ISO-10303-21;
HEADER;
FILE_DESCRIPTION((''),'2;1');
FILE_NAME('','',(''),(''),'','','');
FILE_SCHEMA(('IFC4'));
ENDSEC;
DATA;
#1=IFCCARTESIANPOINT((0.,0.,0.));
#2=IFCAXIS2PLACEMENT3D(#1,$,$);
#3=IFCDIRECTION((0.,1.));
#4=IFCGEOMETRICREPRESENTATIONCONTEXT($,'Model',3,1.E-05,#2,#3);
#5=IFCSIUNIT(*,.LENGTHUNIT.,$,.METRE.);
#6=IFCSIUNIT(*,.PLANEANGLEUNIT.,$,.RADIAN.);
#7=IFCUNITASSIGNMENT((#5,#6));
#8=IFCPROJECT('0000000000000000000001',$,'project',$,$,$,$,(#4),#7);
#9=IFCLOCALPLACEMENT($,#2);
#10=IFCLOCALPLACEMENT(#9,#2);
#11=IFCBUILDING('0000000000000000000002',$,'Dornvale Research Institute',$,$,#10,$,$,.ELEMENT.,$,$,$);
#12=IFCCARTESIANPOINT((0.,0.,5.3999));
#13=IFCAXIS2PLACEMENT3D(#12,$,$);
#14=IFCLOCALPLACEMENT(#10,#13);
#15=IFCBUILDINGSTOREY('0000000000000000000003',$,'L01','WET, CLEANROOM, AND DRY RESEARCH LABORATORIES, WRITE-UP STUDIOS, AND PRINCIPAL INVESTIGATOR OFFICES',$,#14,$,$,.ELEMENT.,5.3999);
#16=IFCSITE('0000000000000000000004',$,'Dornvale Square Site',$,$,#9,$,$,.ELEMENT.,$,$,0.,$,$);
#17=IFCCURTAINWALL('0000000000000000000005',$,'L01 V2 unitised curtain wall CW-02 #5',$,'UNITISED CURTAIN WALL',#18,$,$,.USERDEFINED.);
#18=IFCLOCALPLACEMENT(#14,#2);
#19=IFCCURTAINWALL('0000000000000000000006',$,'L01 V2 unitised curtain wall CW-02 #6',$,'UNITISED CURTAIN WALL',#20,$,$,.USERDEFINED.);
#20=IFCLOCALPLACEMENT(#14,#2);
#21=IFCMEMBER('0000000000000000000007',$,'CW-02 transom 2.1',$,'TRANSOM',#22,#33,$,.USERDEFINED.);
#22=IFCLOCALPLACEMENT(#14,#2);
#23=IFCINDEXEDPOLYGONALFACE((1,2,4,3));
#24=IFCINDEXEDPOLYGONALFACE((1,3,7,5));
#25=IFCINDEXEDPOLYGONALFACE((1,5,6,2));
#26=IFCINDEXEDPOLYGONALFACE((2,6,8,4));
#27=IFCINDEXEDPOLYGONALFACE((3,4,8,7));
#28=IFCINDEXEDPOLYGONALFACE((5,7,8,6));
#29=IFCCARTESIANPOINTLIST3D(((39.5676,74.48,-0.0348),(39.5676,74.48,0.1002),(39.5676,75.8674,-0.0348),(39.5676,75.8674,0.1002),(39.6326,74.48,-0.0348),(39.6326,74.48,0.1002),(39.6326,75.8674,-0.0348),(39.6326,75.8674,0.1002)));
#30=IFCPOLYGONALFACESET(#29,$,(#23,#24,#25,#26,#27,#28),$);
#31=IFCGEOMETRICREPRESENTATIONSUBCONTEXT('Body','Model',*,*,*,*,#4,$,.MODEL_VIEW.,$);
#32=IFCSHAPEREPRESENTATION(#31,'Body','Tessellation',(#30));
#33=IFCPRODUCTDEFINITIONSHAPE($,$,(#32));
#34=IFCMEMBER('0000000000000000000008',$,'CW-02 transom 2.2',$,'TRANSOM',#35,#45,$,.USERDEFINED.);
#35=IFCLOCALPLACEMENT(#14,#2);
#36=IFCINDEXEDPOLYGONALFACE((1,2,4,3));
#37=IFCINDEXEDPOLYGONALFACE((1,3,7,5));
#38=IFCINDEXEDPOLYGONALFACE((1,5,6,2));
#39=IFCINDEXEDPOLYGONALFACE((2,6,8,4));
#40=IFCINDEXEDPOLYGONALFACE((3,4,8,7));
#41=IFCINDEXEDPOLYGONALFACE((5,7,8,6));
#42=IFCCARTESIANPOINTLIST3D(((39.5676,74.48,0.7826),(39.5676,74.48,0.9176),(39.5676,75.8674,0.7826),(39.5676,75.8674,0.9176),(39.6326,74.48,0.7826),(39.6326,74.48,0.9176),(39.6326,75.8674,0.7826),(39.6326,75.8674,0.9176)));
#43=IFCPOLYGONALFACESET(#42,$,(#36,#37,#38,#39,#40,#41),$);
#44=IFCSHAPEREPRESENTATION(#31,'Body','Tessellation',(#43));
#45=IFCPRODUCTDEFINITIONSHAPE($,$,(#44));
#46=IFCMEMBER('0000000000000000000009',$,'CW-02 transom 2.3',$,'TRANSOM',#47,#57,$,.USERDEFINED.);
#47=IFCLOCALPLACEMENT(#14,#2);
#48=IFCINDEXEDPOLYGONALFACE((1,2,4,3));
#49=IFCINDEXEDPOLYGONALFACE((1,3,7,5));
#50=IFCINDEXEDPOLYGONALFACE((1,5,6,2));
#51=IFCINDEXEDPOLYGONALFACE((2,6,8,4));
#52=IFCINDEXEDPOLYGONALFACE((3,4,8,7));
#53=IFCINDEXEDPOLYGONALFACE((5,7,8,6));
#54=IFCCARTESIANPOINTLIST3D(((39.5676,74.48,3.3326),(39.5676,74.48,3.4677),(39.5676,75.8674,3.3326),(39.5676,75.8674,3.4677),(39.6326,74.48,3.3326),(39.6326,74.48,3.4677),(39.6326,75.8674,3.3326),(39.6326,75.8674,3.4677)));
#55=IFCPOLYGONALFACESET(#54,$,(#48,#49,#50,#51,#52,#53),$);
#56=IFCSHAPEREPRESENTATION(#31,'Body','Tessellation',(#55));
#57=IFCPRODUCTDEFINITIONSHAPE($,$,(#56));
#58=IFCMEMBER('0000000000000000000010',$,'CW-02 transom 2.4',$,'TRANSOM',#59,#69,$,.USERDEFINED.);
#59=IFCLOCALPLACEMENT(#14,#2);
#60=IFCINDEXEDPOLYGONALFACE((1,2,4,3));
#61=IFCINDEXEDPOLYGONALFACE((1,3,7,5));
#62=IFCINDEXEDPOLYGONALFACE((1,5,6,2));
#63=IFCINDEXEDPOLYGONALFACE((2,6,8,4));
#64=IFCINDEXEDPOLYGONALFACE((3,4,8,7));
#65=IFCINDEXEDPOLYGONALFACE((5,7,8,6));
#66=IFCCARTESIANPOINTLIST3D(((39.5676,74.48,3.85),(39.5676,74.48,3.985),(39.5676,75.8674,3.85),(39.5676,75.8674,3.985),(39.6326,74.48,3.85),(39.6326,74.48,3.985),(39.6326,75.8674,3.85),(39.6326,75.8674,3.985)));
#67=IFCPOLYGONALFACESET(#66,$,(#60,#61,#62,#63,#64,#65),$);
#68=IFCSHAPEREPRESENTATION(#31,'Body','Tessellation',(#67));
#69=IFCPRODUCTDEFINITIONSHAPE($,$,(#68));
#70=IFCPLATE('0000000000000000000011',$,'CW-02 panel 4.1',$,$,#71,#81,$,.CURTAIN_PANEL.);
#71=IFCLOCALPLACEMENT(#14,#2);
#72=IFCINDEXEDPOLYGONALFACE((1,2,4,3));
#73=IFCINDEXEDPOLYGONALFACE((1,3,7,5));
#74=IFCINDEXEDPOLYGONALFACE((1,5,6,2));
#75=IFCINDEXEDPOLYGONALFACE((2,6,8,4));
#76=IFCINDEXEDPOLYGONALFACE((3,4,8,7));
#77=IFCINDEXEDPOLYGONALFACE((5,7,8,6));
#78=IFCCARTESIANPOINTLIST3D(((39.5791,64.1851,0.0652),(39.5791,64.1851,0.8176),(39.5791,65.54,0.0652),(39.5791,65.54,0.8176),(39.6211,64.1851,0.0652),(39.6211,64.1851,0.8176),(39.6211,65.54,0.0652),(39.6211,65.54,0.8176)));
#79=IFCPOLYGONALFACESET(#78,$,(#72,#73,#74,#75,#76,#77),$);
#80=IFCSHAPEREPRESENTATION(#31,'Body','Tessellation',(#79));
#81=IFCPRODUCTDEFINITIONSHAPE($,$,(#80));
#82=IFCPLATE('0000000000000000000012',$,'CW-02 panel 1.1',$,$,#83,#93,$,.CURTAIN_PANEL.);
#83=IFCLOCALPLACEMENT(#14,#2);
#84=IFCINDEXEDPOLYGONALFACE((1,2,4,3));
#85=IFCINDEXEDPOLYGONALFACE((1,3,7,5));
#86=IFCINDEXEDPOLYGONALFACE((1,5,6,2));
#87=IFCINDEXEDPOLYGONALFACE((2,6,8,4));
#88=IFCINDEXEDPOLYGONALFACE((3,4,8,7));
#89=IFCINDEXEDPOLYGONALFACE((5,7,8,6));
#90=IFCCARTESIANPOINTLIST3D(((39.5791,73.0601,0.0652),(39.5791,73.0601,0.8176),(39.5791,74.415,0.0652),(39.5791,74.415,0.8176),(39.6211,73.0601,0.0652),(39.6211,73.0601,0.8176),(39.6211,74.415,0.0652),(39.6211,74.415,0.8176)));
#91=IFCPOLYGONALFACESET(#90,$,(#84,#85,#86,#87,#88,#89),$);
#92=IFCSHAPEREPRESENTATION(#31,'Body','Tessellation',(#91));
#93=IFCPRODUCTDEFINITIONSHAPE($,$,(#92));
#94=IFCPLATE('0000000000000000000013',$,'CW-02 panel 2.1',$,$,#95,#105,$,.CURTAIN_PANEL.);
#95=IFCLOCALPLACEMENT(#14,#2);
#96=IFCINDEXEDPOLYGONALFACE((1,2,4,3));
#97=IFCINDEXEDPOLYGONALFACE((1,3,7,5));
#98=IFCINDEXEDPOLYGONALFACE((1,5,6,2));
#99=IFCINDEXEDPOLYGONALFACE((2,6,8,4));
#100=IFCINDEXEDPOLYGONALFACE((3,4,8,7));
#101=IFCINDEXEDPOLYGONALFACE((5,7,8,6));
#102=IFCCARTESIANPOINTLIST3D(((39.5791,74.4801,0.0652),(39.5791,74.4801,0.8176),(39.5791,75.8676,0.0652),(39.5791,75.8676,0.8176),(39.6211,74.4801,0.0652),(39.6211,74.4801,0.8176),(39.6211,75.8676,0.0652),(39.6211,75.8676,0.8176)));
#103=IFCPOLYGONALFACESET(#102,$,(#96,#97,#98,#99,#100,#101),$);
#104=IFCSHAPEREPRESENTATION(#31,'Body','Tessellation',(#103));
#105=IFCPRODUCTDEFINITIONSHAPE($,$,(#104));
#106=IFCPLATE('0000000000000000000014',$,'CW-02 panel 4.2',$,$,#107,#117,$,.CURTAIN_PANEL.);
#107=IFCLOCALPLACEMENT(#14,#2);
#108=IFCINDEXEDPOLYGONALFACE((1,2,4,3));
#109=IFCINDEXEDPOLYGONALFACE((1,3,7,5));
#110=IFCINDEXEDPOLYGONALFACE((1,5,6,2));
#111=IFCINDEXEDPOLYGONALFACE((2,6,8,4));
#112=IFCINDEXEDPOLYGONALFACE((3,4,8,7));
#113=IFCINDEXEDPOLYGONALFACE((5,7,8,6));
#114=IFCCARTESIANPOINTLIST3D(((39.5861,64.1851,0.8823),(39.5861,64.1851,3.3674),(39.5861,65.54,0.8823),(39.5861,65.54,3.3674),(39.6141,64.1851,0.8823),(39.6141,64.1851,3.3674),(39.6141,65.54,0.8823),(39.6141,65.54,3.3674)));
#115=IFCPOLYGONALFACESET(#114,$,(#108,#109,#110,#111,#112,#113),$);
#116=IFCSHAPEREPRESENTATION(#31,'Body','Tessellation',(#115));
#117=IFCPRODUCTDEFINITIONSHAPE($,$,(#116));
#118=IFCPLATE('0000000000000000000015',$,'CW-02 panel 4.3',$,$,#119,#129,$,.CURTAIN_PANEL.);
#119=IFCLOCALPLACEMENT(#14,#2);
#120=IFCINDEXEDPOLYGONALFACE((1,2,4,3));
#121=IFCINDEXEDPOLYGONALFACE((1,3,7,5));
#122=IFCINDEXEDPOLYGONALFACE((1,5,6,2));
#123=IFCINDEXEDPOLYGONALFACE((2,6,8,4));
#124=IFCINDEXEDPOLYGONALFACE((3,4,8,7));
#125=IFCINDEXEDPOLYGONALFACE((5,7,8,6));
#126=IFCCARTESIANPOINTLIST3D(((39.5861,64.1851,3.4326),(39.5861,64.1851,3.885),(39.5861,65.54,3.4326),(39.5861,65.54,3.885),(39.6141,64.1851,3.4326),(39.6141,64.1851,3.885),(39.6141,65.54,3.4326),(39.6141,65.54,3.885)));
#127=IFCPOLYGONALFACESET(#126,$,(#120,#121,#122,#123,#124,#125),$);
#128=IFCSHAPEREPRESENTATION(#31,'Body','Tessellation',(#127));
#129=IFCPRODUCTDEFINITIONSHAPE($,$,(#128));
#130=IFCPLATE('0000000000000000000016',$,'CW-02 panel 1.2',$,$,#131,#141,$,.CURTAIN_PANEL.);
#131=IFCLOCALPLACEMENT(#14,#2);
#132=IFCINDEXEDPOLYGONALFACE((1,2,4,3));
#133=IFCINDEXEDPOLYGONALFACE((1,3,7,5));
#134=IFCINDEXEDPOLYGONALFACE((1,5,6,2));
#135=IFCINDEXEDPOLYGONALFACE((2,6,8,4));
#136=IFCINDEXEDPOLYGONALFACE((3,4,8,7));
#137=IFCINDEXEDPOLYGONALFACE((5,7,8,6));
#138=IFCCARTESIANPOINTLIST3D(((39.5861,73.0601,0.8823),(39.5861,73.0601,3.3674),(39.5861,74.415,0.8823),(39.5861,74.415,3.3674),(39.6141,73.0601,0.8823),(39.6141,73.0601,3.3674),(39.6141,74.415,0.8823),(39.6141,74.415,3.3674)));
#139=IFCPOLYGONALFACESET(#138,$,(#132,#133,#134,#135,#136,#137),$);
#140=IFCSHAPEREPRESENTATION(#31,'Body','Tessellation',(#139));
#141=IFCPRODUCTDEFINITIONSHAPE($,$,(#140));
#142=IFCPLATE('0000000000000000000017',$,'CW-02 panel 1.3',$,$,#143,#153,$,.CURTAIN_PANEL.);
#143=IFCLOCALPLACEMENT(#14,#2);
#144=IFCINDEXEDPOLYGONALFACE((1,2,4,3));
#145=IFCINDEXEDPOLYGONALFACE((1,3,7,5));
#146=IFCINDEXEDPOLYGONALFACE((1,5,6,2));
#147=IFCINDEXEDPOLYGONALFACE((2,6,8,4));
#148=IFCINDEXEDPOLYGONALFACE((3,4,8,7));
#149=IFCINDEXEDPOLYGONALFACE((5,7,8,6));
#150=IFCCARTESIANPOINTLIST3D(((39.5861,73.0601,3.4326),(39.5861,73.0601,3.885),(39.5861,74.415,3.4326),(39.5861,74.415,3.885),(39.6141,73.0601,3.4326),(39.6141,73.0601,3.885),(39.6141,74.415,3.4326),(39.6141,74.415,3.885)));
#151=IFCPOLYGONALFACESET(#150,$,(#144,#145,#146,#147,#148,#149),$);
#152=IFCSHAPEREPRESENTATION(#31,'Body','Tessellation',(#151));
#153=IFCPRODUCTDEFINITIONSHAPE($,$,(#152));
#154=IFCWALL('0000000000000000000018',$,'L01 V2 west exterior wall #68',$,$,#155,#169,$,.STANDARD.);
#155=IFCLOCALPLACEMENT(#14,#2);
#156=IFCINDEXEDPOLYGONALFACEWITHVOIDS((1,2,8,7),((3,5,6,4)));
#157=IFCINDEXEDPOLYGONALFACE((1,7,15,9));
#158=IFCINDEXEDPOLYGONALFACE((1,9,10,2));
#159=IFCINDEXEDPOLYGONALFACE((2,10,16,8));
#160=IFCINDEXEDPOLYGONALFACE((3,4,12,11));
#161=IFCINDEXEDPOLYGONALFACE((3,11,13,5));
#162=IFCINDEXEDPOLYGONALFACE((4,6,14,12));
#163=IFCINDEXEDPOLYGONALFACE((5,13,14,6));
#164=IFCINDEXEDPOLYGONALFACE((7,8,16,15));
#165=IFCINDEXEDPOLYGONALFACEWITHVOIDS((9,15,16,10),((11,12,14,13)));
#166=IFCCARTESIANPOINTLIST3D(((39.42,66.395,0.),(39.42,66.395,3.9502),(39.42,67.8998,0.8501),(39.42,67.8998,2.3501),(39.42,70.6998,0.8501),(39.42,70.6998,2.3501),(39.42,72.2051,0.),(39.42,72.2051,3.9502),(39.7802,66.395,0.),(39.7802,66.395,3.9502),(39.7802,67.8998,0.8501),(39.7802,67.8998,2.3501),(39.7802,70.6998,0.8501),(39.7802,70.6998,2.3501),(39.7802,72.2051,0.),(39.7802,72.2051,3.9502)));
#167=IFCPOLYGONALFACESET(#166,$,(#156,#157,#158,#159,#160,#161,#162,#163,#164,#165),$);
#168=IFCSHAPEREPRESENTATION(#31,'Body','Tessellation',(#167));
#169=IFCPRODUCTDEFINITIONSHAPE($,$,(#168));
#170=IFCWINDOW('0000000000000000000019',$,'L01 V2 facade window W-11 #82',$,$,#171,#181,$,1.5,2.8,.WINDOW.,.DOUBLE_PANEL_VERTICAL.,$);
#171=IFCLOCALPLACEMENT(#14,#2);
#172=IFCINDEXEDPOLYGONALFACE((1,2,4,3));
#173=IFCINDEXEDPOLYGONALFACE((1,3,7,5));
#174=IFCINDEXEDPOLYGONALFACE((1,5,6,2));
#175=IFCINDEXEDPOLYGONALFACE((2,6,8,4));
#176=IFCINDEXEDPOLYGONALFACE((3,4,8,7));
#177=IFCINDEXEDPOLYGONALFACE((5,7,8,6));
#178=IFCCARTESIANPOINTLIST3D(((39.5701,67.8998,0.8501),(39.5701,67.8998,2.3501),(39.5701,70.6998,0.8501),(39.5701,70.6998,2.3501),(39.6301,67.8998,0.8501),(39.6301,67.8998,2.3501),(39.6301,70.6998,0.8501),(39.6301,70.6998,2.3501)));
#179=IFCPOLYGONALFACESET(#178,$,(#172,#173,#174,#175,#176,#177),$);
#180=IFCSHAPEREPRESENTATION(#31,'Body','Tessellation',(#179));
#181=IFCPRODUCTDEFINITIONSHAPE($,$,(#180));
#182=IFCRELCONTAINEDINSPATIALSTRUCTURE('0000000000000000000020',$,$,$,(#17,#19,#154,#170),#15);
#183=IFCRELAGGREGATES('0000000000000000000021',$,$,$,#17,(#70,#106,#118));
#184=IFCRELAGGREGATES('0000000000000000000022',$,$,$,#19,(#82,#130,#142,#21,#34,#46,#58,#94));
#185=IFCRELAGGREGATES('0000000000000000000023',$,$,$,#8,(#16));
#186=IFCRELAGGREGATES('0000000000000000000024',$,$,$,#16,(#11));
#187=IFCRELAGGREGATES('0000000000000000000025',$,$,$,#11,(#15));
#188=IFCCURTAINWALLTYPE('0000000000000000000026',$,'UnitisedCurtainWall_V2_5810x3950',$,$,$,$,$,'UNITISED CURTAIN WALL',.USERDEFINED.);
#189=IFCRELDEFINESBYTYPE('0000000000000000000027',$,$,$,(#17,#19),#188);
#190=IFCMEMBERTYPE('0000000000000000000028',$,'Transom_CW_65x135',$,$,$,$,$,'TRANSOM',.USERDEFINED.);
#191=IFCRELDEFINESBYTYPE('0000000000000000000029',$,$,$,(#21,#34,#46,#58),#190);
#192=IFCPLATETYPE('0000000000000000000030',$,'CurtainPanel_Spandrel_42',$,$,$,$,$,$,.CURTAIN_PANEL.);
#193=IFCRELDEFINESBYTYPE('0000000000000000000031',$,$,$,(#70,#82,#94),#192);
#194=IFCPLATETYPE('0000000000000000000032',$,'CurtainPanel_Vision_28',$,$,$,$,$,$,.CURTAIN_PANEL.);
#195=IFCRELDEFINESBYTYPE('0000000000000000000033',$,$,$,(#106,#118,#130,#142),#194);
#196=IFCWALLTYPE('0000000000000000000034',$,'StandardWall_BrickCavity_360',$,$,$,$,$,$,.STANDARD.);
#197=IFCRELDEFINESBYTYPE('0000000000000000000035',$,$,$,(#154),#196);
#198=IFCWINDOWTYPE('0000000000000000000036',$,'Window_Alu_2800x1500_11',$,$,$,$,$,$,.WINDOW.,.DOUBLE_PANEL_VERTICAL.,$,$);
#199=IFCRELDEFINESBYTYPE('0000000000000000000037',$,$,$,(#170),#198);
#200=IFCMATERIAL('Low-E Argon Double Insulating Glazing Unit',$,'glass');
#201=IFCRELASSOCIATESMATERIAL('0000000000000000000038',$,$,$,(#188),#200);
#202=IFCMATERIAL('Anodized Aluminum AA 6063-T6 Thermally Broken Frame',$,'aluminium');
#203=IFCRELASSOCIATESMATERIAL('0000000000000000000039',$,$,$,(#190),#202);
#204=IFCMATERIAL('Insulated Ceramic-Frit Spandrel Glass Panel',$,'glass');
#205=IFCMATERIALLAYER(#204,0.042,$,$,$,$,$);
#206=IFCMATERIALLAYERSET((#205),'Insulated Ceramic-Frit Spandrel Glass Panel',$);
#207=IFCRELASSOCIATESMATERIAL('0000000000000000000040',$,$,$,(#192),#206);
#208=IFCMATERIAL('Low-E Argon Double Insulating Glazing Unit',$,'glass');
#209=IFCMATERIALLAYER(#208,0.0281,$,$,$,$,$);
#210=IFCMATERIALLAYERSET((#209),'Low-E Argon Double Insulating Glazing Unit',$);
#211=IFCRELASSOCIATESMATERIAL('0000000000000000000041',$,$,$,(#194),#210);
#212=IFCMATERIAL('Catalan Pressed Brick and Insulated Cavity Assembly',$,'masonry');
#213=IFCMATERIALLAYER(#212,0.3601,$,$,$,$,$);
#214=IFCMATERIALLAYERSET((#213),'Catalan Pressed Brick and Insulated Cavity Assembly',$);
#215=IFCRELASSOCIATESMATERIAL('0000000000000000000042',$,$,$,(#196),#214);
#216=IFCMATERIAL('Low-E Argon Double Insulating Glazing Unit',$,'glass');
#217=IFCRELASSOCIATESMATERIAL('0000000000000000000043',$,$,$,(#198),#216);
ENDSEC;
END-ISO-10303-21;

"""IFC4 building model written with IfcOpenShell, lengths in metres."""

from ifc_helpers import new_model, si_unit, direction, frame, frame_2d, origin, origin_2d, place, context, subcontext, project, spatial, rectangle, extrude, material, layer, layer_set, material_profile, profile_set, type_object, element, fill, aggregate, save


model = new_model("IFC4")

# Units and contexts
model_context = context("Model", 3, precision=1e-05, world=origin(), true_north=direction((0.0, 1.0)))
body_context = subcontext(model_context, "Body", "Model", "MODEL_VIEW")
ifc_project = project(units=[si_unit("LENGTHUNIT", "METRE"), si_unit("PLANEANGLEUNIT", "RADIAN")], contexts=[model_context])

# Site, building, storey
site_placement = place(None, origin())
site = spatial("IfcSite", under=ifc_project, at=site_placement, Name="Dornvale Square Site", CompositionType="ELEMENT", RefElevation=0.0)
building_placement = place(site_placement, origin())
building = spatial("IfcBuilding", under=site, at=building_placement, Name="Dornvale Research Institute", CompositionType="ELEMENT")
storey_placement = place(building_placement, frame((0.0, 0.0, 5.3999)))
storey = spatial("IfcBuildingStorey", under=building, at=storey_placement, Name="L01", Description="WET, CLEANROOM, AND DRY RESEARCH LABORATORIES, WRITE-UP STUDIOS, AND PRINCIPAL INVESTIGATOR OFFICES", CompositionType="ELEMENT", Elevation=5.3999)

# Curtain wall
ifc_material_1 = material(Name="Low-E Argon Double Insulating Glazing Unit", Category="glass")
curtain_wall_type = type_object("IfcCurtainWallType", Name="UnitisedCurtainWall_V2_5810x3950", ElementType="UNITISED CURTAIN WALL", PredefinedType="USERDEFINED", material=ifc_material_1)
curtain_wall_1_placement = place(storey_placement, origin())
curtain_wall_1 = element("IfcCurtainWall", 1, at=curtain_wall_1_placement, inside=storey, type_object=curtain_wall_type, Name="L01 V2 unitised curtain wall CW-02 #5", ObjectType="UNITISED CURTAIN WALL", PredefinedType="USERDEFINED")

# Curtain wall
curtain_wall_2_placement = place(storey_placement, origin())
curtain_wall_2 = element("IfcCurtainWall", 2, at=curtain_wall_2_placement, inside=storey, type_object=curtain_wall_type, Name="L01 V2 unitised curtain wall CW-02 #6", ObjectType="UNITISED CURTAIN WALL", PredefinedType="USERDEFINED")

# Members
ifc_material_2 = material(Name="Anodized Aluminum AA 6063-T6 Thermally Broken Frame", Category="aluminium")
ifc_material_profile_1 = material_profile(ifc_material_2, rectangle(XDim=0.0649, YDim=0.135, at=origin_2d()), Name="ALU TRANSOM 65x135")
ifc_profile_set_1 = profile_set([ifc_material_profile_1], Name="Anodized Aluminum AA 6063-T6 Thermally Broken Frame")
member_type_1 = type_object("IfcMemberType", Name="Transom_CW_65x135", ElementType="TRANSOM", PredefinedType="USERDEFINED", material=ifc_profile_set_1)
member_1_placement = place(storey_placement, frame((39.6001, 74.48, 0.0327), z_axis=(0.0, 1.0, 0.0), x_axis=(-1.0, 0.0, 0.0)))
member_1 = element("IfcMember", 3, at=member_1_placement, type_object=member_type_1, Name="CW-02 transom 2.1", ObjectType="TRANSOM", PredefinedType="USERDEFINED", context=body_context, shape_type="SweptSolid", body=[
    extrude(rectangle(XDim=0.0649, YDim=0.135, at=origin_2d()), origin(), (0.0, 0.0, 1.0), 1.3875),
])
member_2_placement = place(storey_placement, frame((39.6001, 74.48, 0.8501), z_axis=(0.0, 1.0, 0.0), x_axis=(-1.0, 0.0, 0.0)))
member_2 = element("IfcMember", 4, at=member_2_placement, type_object=member_type_1, Name="CW-02 transom 2.2", ObjectType="TRANSOM", PredefinedType="USERDEFINED", context=body_context, shape_type="SweptSolid", body=[
    extrude(rectangle(XDim=0.0649, YDim=0.135, at=origin_2d()), origin(), (0.0, 0.0, 1.0), 1.3875),
])
member_3_placement = place(storey_placement, frame((39.6001, 74.48, 3.4001), z_axis=(0.0, 1.0, 0.0), x_axis=(-1.0, 0.0, 0.0)))
member_3 = element("IfcMember", 5, at=member_3_placement, type_object=member_type_1, Name="CW-02 transom 2.3", ObjectType="TRANSOM", PredefinedType="USERDEFINED", context=body_context, shape_type="SweptSolid", body=[
    extrude(rectangle(XDim=0.0649, YDim=0.135, at=origin_2d()), origin(), (0.0, 0.0, 1.0), 1.3875),
])
member_4_placement = place(storey_placement, frame((39.6001, 74.48, 3.9175), z_axis=(0.0, 1.0, 0.0), x_axis=(-1.0, 0.0, 0.0)))
member_4 = element("IfcMember", 6, at=member_4_placement, type_object=member_type_1, Name="CW-02 transom 2.4", ObjectType="TRANSOM", PredefinedType="USERDEFINED", context=body_context, shape_type="SweptSolid", body=[
    extrude(rectangle(XDim=0.0649, YDim=0.135, at=origin_2d()), origin(), (0.0, 0.0, 1.0), 1.3875),
])

# Plates
ifc_material_3 = material(Name="Insulated Ceramic-Frit Spandrel Glass Panel", Category="glass")
ifc_layer_1 = layer(ifc_material_3, 0.042)
ifc_layer_set_1 = layer_set([ifc_layer_1], Name="Insulated Ceramic-Frit Spandrel Glass Panel")
plate_type_1 = type_object("IfcPlateType", Name="CurtainPanel_Spandrel_42", PredefinedType="CURTAIN_PANEL", material=ifc_layer_set_1)
plate_1_placement = place(storey_placement, frame((39.6001, 64.8625, 0.0652), z_axis=(0.0, 0.0, 1.0), x_axis=(0.0, 1.0, 0.0)))
plate_1 = element("IfcPlate", 7, at=plate_1_placement, type_object=plate_type_1, Name="CW-02 panel 4.1", PredefinedType="CURTAIN_PANEL", context=body_context, shape_type="SweptSolid", body=[
    extrude(rectangle(XDim=1.355, YDim=0.042, at=origin_2d()), origin(), (0.0, 0.0, 1.0), 0.7524),
])
plate_2_placement = place(storey_placement, frame((39.6001, 73.7375, 0.0652), z_axis=(0.0, 0.0, 1.0), x_axis=(0.0, 1.0, 0.0)))
plate_2 = element("IfcPlate", 8, at=plate_2_placement, type_object=plate_type_1, Name="CW-02 panel 1.1", PredefinedType="CURTAIN_PANEL", context=body_context, shape_type="SweptSolid", body=[
    extrude(rectangle(XDim=1.355, YDim=0.042, at=origin_2d()), origin(), (0.0, 0.0, 1.0), 0.7524),
])
plate_3_placement = place(storey_placement, frame((39.6001, 75.1738, 0.0652), z_axis=(0.0, 0.0, 1.0), x_axis=(0.0, 1.0, 0.0)))
plate_3 = element("IfcPlate", 9, at=plate_3_placement, type_object=plate_type_1, Name="CW-02 panel 2.1", PredefinedType="CURTAIN_PANEL", context=body_context, shape_type="SweptSolid", body=[
    extrude(rectangle(XDim=1.3875, YDim=0.042, at=origin_2d()), origin(), (0.0, 0.0, 1.0), 0.7524),
])
ifc_material_4 = material(Name="Low-E Argon Double Insulating Glazing Unit", Category="glass")
ifc_layer_2 = layer(ifc_material_4, 0.0281)
ifc_layer_set_2 = layer_set([ifc_layer_2], Name="Low-E Argon Double Insulating Glazing Unit")
plate_type_2 = type_object("IfcPlateType", Name="CurtainPanel_Vision_28", PredefinedType="CURTAIN_PANEL", material=ifc_layer_set_2)
plate_4_placement = place(storey_placement, frame((39.6001, 64.8625, 0.8823), z_axis=(0.0, 0.0, 1.0), x_axis=(0.0, 1.0, 0.0)))
plate_4 = element("IfcPlate", 10, at=plate_4_placement, type_object=plate_type_2, Name="CW-02 panel 4.2", PredefinedType="CURTAIN_PANEL", context=body_context, shape_type="SweptSolid", body=[
    extrude(rectangle(XDim=1.355, YDim=0.0281, at=origin_2d()), origin(), (0.0, 0.0, 1.0), 2.4851),
])
plate_5_placement = place(storey_placement, frame((39.6001, 64.8625, 3.4326), z_axis=(0.0, 0.0, 1.0), x_axis=(0.0, 1.0, 0.0)))
plate_5 = element("IfcPlate", 11, at=plate_5_placement, type_object=plate_type_2, Name="CW-02 panel 4.3", PredefinedType="CURTAIN_PANEL", context=body_context, shape_type="SweptSolid", body=[
    extrude(rectangle(XDim=1.355, YDim=0.0281, at=origin_2d()), origin(), (0.0, 0.0, 1.0), 0.4524),
])
aggregate(curtain_wall_1, [plate_1, plate_4, plate_5])
plate_6_placement = place(storey_placement, frame((39.6001, 73.7375, 0.8823), z_axis=(0.0, 0.0, 1.0), x_axis=(0.0, 1.0, 0.0)))
plate_6 = element("IfcPlate", 12, at=plate_6_placement, type_object=plate_type_2, Name="CW-02 panel 1.2", PredefinedType="CURTAIN_PANEL", context=body_context, shape_type="SweptSolid", body=[
    extrude(rectangle(XDim=1.355, YDim=0.0281, at=origin_2d()), origin(), (0.0, 0.0, 1.0), 2.4851),
])
plate_7_placement = place(storey_placement, frame((39.6001, 73.7375, 3.4326), z_axis=(0.0, 0.0, 1.0), x_axis=(0.0, 1.0, 0.0)))
plate_7 = element("IfcPlate", 13, at=plate_7_placement, type_object=plate_type_2, Name="CW-02 panel 1.3", PredefinedType="CURTAIN_PANEL", context=body_context, shape_type="SweptSolid", body=[
    extrude(rectangle(XDim=1.355, YDim=0.0281, at=origin_2d()), origin(), (0.0, 0.0, 1.0), 0.4524),
])
aggregate(curtain_wall_2, [plate_2, plate_6, plate_7, member_1, member_2, member_3, member_4, plate_3])

# Wall, opening, window
ifc_material_5 = material(Name="Catalan Pressed Brick and Insulated Cavity Assembly", Category="masonry")
ifc_layer_3 = layer(ifc_material_5, 0.3601)
ifc_layer_set_3 = layer_set([ifc_layer_3], Name="Catalan Pressed Brick and Insulated Cavity Assembly")
wall_type = type_object("IfcWallType", Name="StandardWall_BrickCavity_360", PredefinedType="STANDARD", material=ifc_layer_set_3)
wall_placement = place(storey_placement, frame((39.6001, 66.395, 0.0), z_axis=(0.0, 0.0, 1.0), x_axis=(0.0, 1.0, 0.0)))
wall = element("IfcWall", 14, at=wall_placement, inside=storey, type_object=wall_type, Name="L01 V2 west exterior wall #68", PredefinedType="STANDARD", context=body_context, shape_type="SweptSolid", body=[
    extrude(rectangle(XDim=5.8101, YDim=0.3601, at=frame_2d((2.905, 0.0))), origin(), (0.0, 0.0, 1.0), 3.9502),
])
opening_placement = place(wall_placement, frame((1.5049, 0.0, 0.8501)))
opening = element("IfcOpeningElement", 15, at=opening_placement, cuts=wall, PredefinedType="OPENING", context=body_context, shape_type="SweptSolid", body=[
    extrude(rectangle(XDim=2.8, YDim=1.5, at=frame_2d((1.3999, 0.75))), frame((0.0, 0.1951, 0.0), z_axis=(0.0, -1.0, 0.0), x_axis=(1.0, 0.0, 0.0)), (0.0, 0.0, 1.0), 0.3901),
])
ifc_material_6 = material(Name="Low-E Argon Double Insulating Glazing Unit", Category="glass")
window_type = type_object("IfcWindowType", Name="Window_Alu_2800x1500_11", PartitioningType="DOUBLE_PANEL_VERTICAL", PredefinedType="WINDOW", material=ifc_material_6)
window_placement = place(opening_placement, origin())
window = element("IfcWindow", 16, at=window_placement, inside=storey, type_object=window_type, Name="L01 V2 facade window W-11 #82", OverallHeight=1.5, OverallWidth=2.8, PartitioningType="DOUBLE_PANEL_VERTICAL", PredefinedType="WINDOW", context=body_context, shape_type="SweptSolid", body=[
    extrude(rectangle(XDim=2.8, YDim=1.5, at=frame_2d((1.3999, 0.75))), frame((0.0, 0.03, 0.0), z_axis=(0.0, -1.0, 0.0), x_axis=(1.0, 0.0, 0.0)), (0.0, 0.0, 1.0), 0.0601),
])
fill(opening, window)

save(model, "model.ifc")
